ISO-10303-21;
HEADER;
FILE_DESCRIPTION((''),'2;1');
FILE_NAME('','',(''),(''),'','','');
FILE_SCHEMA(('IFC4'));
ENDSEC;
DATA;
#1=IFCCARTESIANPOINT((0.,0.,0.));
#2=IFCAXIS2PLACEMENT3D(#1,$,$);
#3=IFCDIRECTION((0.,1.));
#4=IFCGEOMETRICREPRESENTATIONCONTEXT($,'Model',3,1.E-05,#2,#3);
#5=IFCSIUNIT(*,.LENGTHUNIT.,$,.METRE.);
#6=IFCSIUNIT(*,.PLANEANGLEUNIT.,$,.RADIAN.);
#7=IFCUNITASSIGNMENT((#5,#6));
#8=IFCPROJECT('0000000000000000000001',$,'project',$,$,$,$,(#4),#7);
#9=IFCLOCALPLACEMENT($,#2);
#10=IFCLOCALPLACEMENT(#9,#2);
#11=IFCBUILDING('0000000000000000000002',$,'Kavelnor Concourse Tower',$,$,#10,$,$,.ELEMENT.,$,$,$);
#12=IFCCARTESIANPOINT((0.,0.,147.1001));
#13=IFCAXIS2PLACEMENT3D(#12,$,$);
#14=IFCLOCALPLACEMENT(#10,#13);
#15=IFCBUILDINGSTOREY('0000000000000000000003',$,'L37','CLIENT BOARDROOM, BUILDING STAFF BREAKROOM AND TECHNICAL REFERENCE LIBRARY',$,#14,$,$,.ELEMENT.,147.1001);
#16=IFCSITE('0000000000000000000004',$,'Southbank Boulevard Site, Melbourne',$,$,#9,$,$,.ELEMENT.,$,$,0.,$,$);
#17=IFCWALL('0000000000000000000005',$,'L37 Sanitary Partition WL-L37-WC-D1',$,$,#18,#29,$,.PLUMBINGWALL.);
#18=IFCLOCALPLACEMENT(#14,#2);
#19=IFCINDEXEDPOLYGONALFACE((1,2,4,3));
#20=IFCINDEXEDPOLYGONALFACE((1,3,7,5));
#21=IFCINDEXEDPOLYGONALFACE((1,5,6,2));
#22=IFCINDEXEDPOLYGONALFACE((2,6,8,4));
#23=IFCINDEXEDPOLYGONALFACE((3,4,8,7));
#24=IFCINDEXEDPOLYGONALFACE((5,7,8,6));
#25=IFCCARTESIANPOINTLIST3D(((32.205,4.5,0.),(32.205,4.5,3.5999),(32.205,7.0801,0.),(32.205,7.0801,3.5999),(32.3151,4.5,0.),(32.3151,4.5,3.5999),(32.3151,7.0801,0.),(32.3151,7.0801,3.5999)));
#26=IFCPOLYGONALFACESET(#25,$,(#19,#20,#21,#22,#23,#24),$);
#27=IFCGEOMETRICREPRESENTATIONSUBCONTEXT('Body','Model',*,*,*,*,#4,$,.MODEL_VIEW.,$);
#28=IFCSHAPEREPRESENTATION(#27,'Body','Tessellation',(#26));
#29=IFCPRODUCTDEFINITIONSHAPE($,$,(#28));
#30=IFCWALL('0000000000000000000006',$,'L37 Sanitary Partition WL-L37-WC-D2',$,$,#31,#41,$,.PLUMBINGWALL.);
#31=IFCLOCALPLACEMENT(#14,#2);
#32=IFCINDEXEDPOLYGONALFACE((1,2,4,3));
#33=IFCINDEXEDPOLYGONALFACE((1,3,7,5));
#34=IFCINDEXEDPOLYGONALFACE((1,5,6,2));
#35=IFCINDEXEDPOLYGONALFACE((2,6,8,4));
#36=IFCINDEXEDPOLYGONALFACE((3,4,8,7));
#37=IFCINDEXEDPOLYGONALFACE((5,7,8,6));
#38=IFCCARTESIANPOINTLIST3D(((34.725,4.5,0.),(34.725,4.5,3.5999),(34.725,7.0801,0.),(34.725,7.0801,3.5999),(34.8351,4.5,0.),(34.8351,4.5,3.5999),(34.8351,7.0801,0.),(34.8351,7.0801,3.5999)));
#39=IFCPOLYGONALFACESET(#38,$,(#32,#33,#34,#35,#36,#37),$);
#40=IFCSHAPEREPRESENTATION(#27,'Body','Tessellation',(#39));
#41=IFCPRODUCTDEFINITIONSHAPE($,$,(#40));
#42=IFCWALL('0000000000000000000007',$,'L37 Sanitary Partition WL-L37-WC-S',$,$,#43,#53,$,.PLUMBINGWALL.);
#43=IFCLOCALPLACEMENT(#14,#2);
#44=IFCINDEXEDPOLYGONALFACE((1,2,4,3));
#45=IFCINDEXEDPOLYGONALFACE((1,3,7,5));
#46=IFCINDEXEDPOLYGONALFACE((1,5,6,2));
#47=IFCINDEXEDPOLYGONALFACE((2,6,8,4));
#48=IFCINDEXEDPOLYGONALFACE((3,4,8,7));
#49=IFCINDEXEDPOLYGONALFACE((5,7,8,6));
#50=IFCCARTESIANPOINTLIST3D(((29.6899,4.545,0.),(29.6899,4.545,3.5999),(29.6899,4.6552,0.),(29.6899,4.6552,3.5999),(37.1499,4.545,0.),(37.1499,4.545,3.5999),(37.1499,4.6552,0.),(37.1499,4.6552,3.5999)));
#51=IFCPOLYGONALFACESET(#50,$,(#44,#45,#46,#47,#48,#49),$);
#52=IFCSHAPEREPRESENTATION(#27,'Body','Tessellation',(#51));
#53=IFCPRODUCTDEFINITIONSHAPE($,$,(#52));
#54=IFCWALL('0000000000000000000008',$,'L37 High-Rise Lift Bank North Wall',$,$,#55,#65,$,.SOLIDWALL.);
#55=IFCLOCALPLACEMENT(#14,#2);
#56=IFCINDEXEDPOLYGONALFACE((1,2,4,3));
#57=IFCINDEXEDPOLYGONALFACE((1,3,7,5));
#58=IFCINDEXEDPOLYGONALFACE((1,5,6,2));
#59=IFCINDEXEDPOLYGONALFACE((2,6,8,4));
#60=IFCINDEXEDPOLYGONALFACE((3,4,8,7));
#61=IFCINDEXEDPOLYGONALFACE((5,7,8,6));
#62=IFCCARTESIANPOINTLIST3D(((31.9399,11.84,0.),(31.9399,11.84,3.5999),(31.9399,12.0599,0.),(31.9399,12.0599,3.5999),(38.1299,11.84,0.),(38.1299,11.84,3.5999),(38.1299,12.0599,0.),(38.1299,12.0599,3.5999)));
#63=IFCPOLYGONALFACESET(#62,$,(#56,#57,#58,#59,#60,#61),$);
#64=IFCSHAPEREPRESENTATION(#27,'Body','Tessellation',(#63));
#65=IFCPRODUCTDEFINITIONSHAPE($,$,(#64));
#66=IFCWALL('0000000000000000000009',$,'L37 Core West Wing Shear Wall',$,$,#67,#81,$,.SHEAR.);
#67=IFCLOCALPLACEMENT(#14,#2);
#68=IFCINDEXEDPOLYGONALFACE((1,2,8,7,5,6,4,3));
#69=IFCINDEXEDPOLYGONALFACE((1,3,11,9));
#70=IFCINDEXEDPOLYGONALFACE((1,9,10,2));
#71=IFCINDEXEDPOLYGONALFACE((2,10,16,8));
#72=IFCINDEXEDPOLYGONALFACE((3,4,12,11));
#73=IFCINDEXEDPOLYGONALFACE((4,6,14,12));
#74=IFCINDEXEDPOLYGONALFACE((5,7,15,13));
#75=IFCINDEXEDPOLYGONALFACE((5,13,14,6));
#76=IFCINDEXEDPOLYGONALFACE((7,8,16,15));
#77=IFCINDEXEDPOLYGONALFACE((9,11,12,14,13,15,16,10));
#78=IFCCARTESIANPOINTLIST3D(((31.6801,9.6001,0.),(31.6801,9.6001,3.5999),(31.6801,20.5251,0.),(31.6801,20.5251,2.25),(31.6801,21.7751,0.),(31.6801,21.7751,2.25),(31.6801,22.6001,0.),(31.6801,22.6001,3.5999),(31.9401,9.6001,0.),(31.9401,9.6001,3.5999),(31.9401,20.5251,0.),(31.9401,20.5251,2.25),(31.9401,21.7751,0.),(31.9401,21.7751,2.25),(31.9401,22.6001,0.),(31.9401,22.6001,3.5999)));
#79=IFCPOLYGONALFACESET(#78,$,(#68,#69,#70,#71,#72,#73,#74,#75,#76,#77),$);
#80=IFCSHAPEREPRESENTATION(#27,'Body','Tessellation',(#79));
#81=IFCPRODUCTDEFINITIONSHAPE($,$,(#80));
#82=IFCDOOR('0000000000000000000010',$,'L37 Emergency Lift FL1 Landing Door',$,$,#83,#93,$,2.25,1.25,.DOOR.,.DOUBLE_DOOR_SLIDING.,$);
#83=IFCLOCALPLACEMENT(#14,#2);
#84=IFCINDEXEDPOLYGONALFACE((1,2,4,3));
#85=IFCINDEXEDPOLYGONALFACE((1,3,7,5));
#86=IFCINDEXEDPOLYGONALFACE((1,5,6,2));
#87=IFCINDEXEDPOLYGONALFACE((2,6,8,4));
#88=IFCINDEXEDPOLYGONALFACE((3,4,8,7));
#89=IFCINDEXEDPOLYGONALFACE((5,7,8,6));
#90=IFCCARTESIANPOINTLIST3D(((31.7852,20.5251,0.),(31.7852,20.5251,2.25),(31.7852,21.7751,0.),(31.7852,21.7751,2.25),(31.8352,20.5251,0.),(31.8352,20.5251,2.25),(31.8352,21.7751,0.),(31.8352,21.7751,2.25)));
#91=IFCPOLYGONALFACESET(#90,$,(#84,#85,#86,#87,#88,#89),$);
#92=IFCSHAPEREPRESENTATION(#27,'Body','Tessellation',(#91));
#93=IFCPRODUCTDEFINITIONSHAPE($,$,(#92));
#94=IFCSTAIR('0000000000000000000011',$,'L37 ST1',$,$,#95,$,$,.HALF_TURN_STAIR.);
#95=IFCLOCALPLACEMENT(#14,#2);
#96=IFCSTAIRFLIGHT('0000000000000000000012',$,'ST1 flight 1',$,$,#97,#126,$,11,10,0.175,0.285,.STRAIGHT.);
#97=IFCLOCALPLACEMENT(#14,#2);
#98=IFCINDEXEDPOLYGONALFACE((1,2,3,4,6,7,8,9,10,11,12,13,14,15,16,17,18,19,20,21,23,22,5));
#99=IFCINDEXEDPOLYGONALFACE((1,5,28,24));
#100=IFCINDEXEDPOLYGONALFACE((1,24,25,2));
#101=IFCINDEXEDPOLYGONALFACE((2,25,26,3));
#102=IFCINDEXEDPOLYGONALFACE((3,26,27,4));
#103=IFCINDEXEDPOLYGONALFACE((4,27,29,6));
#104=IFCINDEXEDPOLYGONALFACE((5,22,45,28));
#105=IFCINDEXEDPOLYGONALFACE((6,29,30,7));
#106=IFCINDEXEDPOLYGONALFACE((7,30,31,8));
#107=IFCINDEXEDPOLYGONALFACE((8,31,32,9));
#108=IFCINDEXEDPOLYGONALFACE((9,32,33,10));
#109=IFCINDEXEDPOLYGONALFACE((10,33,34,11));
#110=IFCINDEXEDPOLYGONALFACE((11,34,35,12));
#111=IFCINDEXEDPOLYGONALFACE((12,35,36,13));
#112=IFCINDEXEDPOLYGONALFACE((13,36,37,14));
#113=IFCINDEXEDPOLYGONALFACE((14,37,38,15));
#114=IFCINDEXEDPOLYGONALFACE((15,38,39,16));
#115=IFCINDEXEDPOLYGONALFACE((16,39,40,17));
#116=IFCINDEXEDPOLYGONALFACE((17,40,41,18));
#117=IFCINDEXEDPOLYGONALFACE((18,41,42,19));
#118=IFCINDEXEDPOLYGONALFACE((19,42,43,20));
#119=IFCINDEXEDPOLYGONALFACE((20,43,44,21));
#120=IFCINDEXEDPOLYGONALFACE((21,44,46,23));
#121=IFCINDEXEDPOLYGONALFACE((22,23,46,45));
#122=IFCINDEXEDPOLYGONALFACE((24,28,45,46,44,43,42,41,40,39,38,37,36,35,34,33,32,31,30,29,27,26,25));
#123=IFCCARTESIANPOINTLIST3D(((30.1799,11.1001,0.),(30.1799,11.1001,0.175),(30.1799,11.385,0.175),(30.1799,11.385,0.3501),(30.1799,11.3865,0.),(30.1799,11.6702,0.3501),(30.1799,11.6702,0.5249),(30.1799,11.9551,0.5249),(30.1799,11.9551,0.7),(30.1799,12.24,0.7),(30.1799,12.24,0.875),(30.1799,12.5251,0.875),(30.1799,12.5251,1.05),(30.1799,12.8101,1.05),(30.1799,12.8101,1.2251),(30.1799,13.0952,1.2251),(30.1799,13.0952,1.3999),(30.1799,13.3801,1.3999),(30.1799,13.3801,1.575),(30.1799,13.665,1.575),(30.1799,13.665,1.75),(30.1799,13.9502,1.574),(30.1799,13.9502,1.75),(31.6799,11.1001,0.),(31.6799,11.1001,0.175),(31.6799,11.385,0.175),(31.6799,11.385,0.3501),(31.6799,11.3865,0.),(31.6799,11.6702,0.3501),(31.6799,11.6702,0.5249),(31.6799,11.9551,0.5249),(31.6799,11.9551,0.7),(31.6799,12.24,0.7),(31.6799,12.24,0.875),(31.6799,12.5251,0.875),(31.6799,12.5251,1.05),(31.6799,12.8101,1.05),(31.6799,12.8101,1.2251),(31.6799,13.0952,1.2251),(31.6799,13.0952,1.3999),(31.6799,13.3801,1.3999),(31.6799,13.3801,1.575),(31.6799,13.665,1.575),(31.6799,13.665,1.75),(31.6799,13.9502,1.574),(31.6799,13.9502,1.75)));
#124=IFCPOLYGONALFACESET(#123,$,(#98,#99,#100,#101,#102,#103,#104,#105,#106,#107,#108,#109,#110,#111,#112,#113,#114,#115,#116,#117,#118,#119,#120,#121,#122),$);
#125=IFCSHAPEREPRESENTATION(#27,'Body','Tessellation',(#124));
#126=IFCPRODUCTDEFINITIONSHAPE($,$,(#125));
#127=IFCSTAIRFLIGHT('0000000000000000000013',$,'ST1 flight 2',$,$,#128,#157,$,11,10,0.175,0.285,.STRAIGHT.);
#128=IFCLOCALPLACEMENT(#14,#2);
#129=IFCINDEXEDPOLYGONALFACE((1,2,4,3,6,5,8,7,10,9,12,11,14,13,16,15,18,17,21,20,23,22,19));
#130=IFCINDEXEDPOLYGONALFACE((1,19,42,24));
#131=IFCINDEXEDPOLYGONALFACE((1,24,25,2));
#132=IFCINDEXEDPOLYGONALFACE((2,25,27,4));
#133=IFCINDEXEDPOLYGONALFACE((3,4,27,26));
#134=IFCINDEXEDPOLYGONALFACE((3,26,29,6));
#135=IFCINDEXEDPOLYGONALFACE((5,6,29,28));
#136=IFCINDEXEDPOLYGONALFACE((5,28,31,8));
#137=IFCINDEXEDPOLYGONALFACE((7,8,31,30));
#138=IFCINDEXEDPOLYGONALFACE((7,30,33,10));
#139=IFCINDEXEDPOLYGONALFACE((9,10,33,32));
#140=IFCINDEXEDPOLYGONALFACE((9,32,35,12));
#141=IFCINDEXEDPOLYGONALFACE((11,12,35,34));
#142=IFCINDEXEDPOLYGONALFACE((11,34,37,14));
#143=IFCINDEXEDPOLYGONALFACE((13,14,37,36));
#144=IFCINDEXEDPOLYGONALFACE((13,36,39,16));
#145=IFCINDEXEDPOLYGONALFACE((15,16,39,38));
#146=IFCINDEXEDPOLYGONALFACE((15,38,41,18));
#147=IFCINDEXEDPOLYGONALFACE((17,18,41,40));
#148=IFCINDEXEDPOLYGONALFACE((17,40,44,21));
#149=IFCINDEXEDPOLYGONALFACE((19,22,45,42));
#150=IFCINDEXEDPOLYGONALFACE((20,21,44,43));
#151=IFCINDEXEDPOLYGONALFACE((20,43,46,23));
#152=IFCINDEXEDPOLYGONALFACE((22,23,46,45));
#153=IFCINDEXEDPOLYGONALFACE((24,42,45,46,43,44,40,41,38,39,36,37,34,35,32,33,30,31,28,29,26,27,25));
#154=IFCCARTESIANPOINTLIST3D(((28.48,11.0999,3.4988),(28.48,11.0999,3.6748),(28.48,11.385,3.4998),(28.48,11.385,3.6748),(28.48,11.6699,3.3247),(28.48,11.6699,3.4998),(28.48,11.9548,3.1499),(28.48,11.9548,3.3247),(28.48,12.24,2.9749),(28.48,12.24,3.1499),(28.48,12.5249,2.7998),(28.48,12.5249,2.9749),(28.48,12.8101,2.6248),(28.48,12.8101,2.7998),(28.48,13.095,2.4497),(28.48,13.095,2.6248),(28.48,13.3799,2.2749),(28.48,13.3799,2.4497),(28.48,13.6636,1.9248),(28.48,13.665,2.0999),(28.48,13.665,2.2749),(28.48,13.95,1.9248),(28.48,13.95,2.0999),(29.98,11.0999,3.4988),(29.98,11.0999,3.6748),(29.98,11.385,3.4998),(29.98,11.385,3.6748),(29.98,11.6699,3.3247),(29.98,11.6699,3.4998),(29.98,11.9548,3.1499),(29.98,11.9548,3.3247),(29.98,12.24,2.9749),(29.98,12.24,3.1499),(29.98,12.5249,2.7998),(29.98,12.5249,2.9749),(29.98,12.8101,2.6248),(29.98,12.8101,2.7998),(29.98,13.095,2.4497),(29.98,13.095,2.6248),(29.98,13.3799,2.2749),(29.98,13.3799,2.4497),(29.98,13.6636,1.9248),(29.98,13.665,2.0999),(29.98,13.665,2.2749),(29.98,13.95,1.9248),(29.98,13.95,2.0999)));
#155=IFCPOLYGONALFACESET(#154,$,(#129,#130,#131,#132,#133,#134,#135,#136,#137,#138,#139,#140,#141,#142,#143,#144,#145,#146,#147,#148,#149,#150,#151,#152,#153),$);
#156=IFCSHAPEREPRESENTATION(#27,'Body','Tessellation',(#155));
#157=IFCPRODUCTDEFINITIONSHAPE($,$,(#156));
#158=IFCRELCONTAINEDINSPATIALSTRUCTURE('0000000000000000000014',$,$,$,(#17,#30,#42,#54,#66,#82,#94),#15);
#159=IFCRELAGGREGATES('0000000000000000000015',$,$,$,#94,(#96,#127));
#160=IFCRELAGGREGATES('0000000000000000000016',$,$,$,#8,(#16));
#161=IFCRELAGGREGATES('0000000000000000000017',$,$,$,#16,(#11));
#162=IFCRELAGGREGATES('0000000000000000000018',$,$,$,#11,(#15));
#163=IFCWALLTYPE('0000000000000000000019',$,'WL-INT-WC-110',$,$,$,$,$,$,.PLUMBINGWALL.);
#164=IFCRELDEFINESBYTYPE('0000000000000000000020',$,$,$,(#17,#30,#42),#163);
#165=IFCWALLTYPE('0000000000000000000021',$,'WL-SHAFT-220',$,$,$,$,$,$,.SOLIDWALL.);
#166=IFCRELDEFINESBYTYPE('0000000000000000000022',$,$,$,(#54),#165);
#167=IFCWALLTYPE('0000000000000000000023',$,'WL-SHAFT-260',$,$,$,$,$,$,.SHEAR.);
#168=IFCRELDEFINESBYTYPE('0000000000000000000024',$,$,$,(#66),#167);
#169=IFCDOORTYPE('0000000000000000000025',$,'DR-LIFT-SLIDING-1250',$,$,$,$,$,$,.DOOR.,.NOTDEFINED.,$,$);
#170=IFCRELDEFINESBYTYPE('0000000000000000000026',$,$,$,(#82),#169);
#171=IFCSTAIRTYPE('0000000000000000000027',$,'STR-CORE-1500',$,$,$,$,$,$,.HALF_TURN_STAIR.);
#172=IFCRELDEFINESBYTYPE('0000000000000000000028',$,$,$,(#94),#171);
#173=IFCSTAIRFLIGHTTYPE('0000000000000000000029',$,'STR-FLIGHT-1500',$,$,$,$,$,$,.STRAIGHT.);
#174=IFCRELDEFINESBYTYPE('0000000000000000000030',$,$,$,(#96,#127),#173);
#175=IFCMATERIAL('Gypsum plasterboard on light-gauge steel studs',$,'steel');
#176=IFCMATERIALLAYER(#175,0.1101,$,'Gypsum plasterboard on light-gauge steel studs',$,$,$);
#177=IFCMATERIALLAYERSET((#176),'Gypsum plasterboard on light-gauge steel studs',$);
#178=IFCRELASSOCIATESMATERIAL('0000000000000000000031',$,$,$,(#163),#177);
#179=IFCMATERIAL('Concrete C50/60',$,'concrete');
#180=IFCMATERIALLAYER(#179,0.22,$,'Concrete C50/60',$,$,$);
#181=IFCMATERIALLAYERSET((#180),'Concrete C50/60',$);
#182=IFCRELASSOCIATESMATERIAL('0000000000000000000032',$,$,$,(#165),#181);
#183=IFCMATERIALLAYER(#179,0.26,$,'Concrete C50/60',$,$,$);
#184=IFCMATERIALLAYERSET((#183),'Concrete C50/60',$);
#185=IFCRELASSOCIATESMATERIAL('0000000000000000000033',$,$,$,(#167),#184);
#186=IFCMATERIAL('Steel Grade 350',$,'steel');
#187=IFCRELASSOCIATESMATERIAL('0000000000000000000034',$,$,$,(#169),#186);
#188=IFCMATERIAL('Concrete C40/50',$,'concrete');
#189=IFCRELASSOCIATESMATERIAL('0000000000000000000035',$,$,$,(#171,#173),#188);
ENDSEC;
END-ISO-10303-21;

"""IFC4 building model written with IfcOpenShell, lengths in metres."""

from ifc_helpers import new_model, si_unit, direction, frame, frame_2d, origin, place, context, subcontext, project, spatial, polyline, rectangle, outline, extrude, material, layer, layer_set, type_object, element, fill, aggregate, save


model = new_model("IFC4")

# Units and contexts
model_context = context("Model", 3, precision=1e-05, world=origin(), true_north=direction((0.0, 1.0)))
body_context = subcontext(model_context, "Body", "Model", "MODEL_VIEW")
ifc_project = project(units=[si_unit("LENGTHUNIT", "METRE"), si_unit("PLANEANGLEUNIT", "RADIAN")], contexts=[model_context])

# Site, building, storey
site_placement = place(None, origin())
site = spatial("IfcSite", under=ifc_project, at=site_placement, Name="Southbank Boulevard Site, Melbourne", CompositionType="ELEMENT", RefElevation=0.0)
building_placement = place(site_placement, origin())
building = spatial("IfcBuilding", under=site, at=building_placement, Name="Kavelnor Concourse Tower", CompositionType="ELEMENT")
storey_placement = place(building_placement, frame((0.0, 0.0, 147.1001)))
storey = spatial("IfcBuildingStorey", under=building, at=storey_placement, Name="L37", Description="CLIENT BOARDROOM, BUILDING STAFF BREAKROOM AND TECHNICAL REFERENCE LIBRARY", CompositionType="ELEMENT", Elevation=147.1001)

# Shared definitions
ifc_material_1 = material(Name="Steel Grade 350", Category="steel")

# Walls
ifc_material_2 = material(Name="Gypsum plasterboard on light-gauge steel studs", Category="steel")
ifc_layer_1 = layer(ifc_material_2, 0.1101, Name="Gypsum plasterboard on light-gauge steel studs")
ifc_layer_set_1 = layer_set([ifc_layer_1], Name="Gypsum plasterboard on light-gauge steel studs")
wall_type_1 = type_object("IfcWallType", Name="WL-INT-WC-110", PredefinedType="PLUMBINGWALL", material=ifc_layer_set_1)
for number, where, z_axis, x_axis, name in (
    (1, (32.26, 4.5, 0.0), (0.0, 0.0, 1.0), (0.0, 1.0, 0.0), "L37 Sanitary Partition WL-L37-WC-D1"),
    (2, (34.78, 4.5, 0.0), (0.0, 0.0, 1.0), (0.0, 1.0, 0.0), "L37 Sanitary Partition WL-L37-WC-D2"),
):
    element("IfcWall", number, at=place(storey_placement, frame(where, z_axis=z_axis, x_axis=x_axis)), inside=storey, type_object=wall_type_1, Name=name, PredefinedType="PLUMBINGWALL", context=body_context, shape_type="SweptSolid", body=[
        extrude(rectangle(XDim=2.5801, YDim=0.1101, at=frame_2d((1.29, 0.0))), origin(), (0.0, 0.0, 1.0), 3.5999),
    ])
wall_1_placement = place(storey_placement, frame((29.6899, 4.6001, 0.0), z_axis=(0.0, 0.0, 1.0), x_axis=(1.0, 0.0, 0.0)))
element("IfcWall", 3, at=wall_1_placement, inside=storey, type_object=wall_type_1, Name="L37 Sanitary Partition WL-L37-WC-S", PredefinedType="PLUMBINGWALL", context=body_context, shape_type="SweptSolid", body=[
    extrude(rectangle(XDim=7.46, YDim=0.1101, at=frame_2d((3.73, 0.0))), origin(), (0.0, 0.0, 1.0), 3.5999),
])
ifc_material_3 = material(Name="Concrete C50/60", Category="concrete")
ifc_layer_2 = layer(ifc_material_3, 0.22, Name="Concrete C50/60")
ifc_layer_set_2 = layer_set([ifc_layer_2], Name="Concrete C50/60")
wall_type_2 = type_object("IfcWallType", Name="WL-SHAFT-220", PredefinedType="SOLIDWALL", material=ifc_layer_set_2)
wall_2_placement = place(storey_placement, frame((31.9399, 11.95, 0.0), z_axis=(0.0, 0.0, 1.0), x_axis=(1.0, 0.0, 0.0)))
element("IfcWall", 4, at=wall_2_placement, inside=storey, type_object=wall_type_2, Name="L37 High-Rise Lift Bank North Wall", PredefinedType="SOLIDWALL", context=body_context, shape_type="SweptSolid", body=[
    extrude(rectangle(XDim=6.1899, YDim=0.22, at=frame_2d((3.095, 0.0))), origin(), (0.0, 0.0, 1.0), 3.5999),
])

# Wall, opening, door
ifc_layer_3 = layer(ifc_material_3, 0.26, Name="Concrete C50/60")
ifc_layer_set_3 = layer_set([ifc_layer_3], Name="Concrete C50/60")
wall_type_3 = type_object("IfcWallType", Name="WL-SHAFT-260", PredefinedType="SHEAR", material=ifc_layer_set_3)
wall_3_placement = place(storey_placement, frame((31.8101, 9.6001, 0.0), z_axis=(0.0, 0.0, 1.0), x_axis=(0.0, 1.0, 0.0)))
wall_3 = element("IfcWall", 5, at=wall_3_placement, inside=storey, type_object=wall_type_3, Name="L37 Core West Wing Shear Wall", PredefinedType="SHEAR", context=body_context, shape_type="SweptSolid", body=[
    extrude(rectangle(XDim=13.0, YDim=0.26, at=frame_2d((6.5, 0.0))), origin(), (0.0, 0.0, 1.0), 3.5999),
])
opening_1_placement = place(wall_3_placement, frame((10.925, 0.0, 0.0)))
opening_1 = element("IfcOpeningElement", 6, at=opening_1_placement, cuts=wall_3, PredefinedType="OPENING", context=body_context, shape_type="SweptSolid", body=[
    extrude(rectangle(XDim=1.25, YDim=2.25, at=frame_2d((0.625, 1.125))), frame((0.0, 0.1401, 0.0), z_axis=(0.0, -1.0, 0.0), x_axis=(1.0, 0.0, 0.0)), (0.0, 0.0, 1.0), 0.28),
])
door_type_1 = type_object("IfcDoorType", Name="DR-LIFT-SLIDING-1250", OperationType="NOTDEFINED", PredefinedType="DOOR", material=ifc_material_1)
door_1_placement = place(opening_1_placement, origin())
door_1 = element("IfcDoor", 7, at=door_1_placement, inside=storey, type_object=door_type_1, Name="L37 Emergency Lift FL1 Landing Door", OperationType="DOUBLE_DOOR_SLIDING", OverallHeight=2.25, OverallWidth=1.25, PredefinedType="DOOR", context=body_context, shape_type="SweptSolid", body=[
    extrude(rectangle(XDim=1.25, YDim=2.25, at=frame_2d((0.625, 1.125))), frame((0.0, 0.0249, 0.0), z_axis=(0.0, -1.0, 0.0), x_axis=(1.0, 0.0, 0.0)), (0.0, 0.0, 1.0), 0.05),
])
fill(opening_1, door_1)

# Stair, stair flights
ifc_material_4 = material(Name="Concrete C40/50", Category="concrete")
stair_type = type_object("IfcStairType", Name="STR-CORE-1500", PredefinedType="HALF_TURN_STAIR", material=ifc_material_4)
stair_placement = place(storey_placement, origin())
stair = element("IfcStair", 8, at=stair_placement, inside=storey, type_object=stair_type, Name="L37 ST1", PredefinedType="HALF_TURN_STAIR")
stair_flight_type = type_object("IfcStairFlightType", Name="STR-FLIGHT-1500", PredefinedType="STRAIGHT", material=ifc_material_4)
stair_flight_1_placement = place(storey_placement, frame((30.9299, 11.1001, 0.0), z_axis=(0.0, 0.0, 1.0), x_axis=(0.0, 1.0, 0.0)))
stair_flight_1 = element("IfcStairFlight", 9, at=stair_flight_1_placement, type_object=stair_flight_type, Name="ST1 flight 1", NumberOfRisers=11, NumberOfTreads=10, PredefinedType="STRAIGHT", RiserHeight=0.175, TreadLength=0.285, context=body_context, shape_type="SweptSolid", body=[
    extrude(outline(polyline([(0.0, 0.0), (0.0, 0.175), (0.2849, 0.175), (0.2849, 0.3501), (0.5701, 0.3501), (0.5701, 0.5249), (0.855, 0.5249), (0.855, 0.7), (1.1399, 0.7), (1.1399, 0.875), (1.425, 0.875), (1.425, 1.05), (1.71, 1.05), (1.71, 1.2251), (1.9951, 1.2251), (1.9951, 1.3999), (2.28, 1.3999), (2.28, 1.575), (2.5649, 1.575), (2.5649, 1.75), (2.8501, 1.75), (2.8501, 1.925), (2.8501, 1.574), (0.2864, 0.0), (0.0, 0.0)])), frame((0.0, 0.75, 0.0), z_axis=(0.0, -1.0, 0.0), x_axis=(1.0, 0.0, 0.0)), (0.0, 0.0, 1.0), 1.5),
])
stair_flight_2_placement = place(storey_placement, frame((29.23, 13.95, 1.9248), z_axis=(0.0, 0.0, 1.0), x_axis=(0.0, -1.0, 0.0)))
stair_flight_2 = element("IfcStairFlight", 10, at=stair_flight_2_placement, type_object=stair_flight_type, Name="ST1 flight 2", NumberOfRisers=11, NumberOfTreads=10, PredefinedType="STRAIGHT", RiserHeight=0.175, TreadLength=0.285, context=body_context, shape_type="SweptSolid", body=[
    extrude(outline(polyline([(0.0, 0.0), (0.0, 0.175), (0.2849, 0.175), (0.2849, 0.3501), (0.5701, 0.3501), (0.5701, 0.5249), (0.855, 0.5249), (0.855, 0.7), (1.1399, 0.7), (1.1399, 0.875), (1.425, 0.875), (1.425, 1.05), (1.71, 1.05), (1.71, 1.2251), (1.9951, 1.2251), (1.9951, 1.3999), (2.28, 1.3999), (2.28, 1.575), (2.5649, 1.575), (2.5649, 1.75), (2.8501, 1.75), (2.8501, 1.925), (2.8501, 1.574), (0.2864, 0.0), (0.0, 0.0)])), frame((0.0, 0.75, 0.0), z_axis=(0.0, -1.0, 0.0), x_axis=(1.0, 0.0, 0.0)), (0.0, 0.0, 1.0), 1.5),
])
aggregate(stair, [stair_flight_1, stair_flight_2])

save(model, "model.ifc")
